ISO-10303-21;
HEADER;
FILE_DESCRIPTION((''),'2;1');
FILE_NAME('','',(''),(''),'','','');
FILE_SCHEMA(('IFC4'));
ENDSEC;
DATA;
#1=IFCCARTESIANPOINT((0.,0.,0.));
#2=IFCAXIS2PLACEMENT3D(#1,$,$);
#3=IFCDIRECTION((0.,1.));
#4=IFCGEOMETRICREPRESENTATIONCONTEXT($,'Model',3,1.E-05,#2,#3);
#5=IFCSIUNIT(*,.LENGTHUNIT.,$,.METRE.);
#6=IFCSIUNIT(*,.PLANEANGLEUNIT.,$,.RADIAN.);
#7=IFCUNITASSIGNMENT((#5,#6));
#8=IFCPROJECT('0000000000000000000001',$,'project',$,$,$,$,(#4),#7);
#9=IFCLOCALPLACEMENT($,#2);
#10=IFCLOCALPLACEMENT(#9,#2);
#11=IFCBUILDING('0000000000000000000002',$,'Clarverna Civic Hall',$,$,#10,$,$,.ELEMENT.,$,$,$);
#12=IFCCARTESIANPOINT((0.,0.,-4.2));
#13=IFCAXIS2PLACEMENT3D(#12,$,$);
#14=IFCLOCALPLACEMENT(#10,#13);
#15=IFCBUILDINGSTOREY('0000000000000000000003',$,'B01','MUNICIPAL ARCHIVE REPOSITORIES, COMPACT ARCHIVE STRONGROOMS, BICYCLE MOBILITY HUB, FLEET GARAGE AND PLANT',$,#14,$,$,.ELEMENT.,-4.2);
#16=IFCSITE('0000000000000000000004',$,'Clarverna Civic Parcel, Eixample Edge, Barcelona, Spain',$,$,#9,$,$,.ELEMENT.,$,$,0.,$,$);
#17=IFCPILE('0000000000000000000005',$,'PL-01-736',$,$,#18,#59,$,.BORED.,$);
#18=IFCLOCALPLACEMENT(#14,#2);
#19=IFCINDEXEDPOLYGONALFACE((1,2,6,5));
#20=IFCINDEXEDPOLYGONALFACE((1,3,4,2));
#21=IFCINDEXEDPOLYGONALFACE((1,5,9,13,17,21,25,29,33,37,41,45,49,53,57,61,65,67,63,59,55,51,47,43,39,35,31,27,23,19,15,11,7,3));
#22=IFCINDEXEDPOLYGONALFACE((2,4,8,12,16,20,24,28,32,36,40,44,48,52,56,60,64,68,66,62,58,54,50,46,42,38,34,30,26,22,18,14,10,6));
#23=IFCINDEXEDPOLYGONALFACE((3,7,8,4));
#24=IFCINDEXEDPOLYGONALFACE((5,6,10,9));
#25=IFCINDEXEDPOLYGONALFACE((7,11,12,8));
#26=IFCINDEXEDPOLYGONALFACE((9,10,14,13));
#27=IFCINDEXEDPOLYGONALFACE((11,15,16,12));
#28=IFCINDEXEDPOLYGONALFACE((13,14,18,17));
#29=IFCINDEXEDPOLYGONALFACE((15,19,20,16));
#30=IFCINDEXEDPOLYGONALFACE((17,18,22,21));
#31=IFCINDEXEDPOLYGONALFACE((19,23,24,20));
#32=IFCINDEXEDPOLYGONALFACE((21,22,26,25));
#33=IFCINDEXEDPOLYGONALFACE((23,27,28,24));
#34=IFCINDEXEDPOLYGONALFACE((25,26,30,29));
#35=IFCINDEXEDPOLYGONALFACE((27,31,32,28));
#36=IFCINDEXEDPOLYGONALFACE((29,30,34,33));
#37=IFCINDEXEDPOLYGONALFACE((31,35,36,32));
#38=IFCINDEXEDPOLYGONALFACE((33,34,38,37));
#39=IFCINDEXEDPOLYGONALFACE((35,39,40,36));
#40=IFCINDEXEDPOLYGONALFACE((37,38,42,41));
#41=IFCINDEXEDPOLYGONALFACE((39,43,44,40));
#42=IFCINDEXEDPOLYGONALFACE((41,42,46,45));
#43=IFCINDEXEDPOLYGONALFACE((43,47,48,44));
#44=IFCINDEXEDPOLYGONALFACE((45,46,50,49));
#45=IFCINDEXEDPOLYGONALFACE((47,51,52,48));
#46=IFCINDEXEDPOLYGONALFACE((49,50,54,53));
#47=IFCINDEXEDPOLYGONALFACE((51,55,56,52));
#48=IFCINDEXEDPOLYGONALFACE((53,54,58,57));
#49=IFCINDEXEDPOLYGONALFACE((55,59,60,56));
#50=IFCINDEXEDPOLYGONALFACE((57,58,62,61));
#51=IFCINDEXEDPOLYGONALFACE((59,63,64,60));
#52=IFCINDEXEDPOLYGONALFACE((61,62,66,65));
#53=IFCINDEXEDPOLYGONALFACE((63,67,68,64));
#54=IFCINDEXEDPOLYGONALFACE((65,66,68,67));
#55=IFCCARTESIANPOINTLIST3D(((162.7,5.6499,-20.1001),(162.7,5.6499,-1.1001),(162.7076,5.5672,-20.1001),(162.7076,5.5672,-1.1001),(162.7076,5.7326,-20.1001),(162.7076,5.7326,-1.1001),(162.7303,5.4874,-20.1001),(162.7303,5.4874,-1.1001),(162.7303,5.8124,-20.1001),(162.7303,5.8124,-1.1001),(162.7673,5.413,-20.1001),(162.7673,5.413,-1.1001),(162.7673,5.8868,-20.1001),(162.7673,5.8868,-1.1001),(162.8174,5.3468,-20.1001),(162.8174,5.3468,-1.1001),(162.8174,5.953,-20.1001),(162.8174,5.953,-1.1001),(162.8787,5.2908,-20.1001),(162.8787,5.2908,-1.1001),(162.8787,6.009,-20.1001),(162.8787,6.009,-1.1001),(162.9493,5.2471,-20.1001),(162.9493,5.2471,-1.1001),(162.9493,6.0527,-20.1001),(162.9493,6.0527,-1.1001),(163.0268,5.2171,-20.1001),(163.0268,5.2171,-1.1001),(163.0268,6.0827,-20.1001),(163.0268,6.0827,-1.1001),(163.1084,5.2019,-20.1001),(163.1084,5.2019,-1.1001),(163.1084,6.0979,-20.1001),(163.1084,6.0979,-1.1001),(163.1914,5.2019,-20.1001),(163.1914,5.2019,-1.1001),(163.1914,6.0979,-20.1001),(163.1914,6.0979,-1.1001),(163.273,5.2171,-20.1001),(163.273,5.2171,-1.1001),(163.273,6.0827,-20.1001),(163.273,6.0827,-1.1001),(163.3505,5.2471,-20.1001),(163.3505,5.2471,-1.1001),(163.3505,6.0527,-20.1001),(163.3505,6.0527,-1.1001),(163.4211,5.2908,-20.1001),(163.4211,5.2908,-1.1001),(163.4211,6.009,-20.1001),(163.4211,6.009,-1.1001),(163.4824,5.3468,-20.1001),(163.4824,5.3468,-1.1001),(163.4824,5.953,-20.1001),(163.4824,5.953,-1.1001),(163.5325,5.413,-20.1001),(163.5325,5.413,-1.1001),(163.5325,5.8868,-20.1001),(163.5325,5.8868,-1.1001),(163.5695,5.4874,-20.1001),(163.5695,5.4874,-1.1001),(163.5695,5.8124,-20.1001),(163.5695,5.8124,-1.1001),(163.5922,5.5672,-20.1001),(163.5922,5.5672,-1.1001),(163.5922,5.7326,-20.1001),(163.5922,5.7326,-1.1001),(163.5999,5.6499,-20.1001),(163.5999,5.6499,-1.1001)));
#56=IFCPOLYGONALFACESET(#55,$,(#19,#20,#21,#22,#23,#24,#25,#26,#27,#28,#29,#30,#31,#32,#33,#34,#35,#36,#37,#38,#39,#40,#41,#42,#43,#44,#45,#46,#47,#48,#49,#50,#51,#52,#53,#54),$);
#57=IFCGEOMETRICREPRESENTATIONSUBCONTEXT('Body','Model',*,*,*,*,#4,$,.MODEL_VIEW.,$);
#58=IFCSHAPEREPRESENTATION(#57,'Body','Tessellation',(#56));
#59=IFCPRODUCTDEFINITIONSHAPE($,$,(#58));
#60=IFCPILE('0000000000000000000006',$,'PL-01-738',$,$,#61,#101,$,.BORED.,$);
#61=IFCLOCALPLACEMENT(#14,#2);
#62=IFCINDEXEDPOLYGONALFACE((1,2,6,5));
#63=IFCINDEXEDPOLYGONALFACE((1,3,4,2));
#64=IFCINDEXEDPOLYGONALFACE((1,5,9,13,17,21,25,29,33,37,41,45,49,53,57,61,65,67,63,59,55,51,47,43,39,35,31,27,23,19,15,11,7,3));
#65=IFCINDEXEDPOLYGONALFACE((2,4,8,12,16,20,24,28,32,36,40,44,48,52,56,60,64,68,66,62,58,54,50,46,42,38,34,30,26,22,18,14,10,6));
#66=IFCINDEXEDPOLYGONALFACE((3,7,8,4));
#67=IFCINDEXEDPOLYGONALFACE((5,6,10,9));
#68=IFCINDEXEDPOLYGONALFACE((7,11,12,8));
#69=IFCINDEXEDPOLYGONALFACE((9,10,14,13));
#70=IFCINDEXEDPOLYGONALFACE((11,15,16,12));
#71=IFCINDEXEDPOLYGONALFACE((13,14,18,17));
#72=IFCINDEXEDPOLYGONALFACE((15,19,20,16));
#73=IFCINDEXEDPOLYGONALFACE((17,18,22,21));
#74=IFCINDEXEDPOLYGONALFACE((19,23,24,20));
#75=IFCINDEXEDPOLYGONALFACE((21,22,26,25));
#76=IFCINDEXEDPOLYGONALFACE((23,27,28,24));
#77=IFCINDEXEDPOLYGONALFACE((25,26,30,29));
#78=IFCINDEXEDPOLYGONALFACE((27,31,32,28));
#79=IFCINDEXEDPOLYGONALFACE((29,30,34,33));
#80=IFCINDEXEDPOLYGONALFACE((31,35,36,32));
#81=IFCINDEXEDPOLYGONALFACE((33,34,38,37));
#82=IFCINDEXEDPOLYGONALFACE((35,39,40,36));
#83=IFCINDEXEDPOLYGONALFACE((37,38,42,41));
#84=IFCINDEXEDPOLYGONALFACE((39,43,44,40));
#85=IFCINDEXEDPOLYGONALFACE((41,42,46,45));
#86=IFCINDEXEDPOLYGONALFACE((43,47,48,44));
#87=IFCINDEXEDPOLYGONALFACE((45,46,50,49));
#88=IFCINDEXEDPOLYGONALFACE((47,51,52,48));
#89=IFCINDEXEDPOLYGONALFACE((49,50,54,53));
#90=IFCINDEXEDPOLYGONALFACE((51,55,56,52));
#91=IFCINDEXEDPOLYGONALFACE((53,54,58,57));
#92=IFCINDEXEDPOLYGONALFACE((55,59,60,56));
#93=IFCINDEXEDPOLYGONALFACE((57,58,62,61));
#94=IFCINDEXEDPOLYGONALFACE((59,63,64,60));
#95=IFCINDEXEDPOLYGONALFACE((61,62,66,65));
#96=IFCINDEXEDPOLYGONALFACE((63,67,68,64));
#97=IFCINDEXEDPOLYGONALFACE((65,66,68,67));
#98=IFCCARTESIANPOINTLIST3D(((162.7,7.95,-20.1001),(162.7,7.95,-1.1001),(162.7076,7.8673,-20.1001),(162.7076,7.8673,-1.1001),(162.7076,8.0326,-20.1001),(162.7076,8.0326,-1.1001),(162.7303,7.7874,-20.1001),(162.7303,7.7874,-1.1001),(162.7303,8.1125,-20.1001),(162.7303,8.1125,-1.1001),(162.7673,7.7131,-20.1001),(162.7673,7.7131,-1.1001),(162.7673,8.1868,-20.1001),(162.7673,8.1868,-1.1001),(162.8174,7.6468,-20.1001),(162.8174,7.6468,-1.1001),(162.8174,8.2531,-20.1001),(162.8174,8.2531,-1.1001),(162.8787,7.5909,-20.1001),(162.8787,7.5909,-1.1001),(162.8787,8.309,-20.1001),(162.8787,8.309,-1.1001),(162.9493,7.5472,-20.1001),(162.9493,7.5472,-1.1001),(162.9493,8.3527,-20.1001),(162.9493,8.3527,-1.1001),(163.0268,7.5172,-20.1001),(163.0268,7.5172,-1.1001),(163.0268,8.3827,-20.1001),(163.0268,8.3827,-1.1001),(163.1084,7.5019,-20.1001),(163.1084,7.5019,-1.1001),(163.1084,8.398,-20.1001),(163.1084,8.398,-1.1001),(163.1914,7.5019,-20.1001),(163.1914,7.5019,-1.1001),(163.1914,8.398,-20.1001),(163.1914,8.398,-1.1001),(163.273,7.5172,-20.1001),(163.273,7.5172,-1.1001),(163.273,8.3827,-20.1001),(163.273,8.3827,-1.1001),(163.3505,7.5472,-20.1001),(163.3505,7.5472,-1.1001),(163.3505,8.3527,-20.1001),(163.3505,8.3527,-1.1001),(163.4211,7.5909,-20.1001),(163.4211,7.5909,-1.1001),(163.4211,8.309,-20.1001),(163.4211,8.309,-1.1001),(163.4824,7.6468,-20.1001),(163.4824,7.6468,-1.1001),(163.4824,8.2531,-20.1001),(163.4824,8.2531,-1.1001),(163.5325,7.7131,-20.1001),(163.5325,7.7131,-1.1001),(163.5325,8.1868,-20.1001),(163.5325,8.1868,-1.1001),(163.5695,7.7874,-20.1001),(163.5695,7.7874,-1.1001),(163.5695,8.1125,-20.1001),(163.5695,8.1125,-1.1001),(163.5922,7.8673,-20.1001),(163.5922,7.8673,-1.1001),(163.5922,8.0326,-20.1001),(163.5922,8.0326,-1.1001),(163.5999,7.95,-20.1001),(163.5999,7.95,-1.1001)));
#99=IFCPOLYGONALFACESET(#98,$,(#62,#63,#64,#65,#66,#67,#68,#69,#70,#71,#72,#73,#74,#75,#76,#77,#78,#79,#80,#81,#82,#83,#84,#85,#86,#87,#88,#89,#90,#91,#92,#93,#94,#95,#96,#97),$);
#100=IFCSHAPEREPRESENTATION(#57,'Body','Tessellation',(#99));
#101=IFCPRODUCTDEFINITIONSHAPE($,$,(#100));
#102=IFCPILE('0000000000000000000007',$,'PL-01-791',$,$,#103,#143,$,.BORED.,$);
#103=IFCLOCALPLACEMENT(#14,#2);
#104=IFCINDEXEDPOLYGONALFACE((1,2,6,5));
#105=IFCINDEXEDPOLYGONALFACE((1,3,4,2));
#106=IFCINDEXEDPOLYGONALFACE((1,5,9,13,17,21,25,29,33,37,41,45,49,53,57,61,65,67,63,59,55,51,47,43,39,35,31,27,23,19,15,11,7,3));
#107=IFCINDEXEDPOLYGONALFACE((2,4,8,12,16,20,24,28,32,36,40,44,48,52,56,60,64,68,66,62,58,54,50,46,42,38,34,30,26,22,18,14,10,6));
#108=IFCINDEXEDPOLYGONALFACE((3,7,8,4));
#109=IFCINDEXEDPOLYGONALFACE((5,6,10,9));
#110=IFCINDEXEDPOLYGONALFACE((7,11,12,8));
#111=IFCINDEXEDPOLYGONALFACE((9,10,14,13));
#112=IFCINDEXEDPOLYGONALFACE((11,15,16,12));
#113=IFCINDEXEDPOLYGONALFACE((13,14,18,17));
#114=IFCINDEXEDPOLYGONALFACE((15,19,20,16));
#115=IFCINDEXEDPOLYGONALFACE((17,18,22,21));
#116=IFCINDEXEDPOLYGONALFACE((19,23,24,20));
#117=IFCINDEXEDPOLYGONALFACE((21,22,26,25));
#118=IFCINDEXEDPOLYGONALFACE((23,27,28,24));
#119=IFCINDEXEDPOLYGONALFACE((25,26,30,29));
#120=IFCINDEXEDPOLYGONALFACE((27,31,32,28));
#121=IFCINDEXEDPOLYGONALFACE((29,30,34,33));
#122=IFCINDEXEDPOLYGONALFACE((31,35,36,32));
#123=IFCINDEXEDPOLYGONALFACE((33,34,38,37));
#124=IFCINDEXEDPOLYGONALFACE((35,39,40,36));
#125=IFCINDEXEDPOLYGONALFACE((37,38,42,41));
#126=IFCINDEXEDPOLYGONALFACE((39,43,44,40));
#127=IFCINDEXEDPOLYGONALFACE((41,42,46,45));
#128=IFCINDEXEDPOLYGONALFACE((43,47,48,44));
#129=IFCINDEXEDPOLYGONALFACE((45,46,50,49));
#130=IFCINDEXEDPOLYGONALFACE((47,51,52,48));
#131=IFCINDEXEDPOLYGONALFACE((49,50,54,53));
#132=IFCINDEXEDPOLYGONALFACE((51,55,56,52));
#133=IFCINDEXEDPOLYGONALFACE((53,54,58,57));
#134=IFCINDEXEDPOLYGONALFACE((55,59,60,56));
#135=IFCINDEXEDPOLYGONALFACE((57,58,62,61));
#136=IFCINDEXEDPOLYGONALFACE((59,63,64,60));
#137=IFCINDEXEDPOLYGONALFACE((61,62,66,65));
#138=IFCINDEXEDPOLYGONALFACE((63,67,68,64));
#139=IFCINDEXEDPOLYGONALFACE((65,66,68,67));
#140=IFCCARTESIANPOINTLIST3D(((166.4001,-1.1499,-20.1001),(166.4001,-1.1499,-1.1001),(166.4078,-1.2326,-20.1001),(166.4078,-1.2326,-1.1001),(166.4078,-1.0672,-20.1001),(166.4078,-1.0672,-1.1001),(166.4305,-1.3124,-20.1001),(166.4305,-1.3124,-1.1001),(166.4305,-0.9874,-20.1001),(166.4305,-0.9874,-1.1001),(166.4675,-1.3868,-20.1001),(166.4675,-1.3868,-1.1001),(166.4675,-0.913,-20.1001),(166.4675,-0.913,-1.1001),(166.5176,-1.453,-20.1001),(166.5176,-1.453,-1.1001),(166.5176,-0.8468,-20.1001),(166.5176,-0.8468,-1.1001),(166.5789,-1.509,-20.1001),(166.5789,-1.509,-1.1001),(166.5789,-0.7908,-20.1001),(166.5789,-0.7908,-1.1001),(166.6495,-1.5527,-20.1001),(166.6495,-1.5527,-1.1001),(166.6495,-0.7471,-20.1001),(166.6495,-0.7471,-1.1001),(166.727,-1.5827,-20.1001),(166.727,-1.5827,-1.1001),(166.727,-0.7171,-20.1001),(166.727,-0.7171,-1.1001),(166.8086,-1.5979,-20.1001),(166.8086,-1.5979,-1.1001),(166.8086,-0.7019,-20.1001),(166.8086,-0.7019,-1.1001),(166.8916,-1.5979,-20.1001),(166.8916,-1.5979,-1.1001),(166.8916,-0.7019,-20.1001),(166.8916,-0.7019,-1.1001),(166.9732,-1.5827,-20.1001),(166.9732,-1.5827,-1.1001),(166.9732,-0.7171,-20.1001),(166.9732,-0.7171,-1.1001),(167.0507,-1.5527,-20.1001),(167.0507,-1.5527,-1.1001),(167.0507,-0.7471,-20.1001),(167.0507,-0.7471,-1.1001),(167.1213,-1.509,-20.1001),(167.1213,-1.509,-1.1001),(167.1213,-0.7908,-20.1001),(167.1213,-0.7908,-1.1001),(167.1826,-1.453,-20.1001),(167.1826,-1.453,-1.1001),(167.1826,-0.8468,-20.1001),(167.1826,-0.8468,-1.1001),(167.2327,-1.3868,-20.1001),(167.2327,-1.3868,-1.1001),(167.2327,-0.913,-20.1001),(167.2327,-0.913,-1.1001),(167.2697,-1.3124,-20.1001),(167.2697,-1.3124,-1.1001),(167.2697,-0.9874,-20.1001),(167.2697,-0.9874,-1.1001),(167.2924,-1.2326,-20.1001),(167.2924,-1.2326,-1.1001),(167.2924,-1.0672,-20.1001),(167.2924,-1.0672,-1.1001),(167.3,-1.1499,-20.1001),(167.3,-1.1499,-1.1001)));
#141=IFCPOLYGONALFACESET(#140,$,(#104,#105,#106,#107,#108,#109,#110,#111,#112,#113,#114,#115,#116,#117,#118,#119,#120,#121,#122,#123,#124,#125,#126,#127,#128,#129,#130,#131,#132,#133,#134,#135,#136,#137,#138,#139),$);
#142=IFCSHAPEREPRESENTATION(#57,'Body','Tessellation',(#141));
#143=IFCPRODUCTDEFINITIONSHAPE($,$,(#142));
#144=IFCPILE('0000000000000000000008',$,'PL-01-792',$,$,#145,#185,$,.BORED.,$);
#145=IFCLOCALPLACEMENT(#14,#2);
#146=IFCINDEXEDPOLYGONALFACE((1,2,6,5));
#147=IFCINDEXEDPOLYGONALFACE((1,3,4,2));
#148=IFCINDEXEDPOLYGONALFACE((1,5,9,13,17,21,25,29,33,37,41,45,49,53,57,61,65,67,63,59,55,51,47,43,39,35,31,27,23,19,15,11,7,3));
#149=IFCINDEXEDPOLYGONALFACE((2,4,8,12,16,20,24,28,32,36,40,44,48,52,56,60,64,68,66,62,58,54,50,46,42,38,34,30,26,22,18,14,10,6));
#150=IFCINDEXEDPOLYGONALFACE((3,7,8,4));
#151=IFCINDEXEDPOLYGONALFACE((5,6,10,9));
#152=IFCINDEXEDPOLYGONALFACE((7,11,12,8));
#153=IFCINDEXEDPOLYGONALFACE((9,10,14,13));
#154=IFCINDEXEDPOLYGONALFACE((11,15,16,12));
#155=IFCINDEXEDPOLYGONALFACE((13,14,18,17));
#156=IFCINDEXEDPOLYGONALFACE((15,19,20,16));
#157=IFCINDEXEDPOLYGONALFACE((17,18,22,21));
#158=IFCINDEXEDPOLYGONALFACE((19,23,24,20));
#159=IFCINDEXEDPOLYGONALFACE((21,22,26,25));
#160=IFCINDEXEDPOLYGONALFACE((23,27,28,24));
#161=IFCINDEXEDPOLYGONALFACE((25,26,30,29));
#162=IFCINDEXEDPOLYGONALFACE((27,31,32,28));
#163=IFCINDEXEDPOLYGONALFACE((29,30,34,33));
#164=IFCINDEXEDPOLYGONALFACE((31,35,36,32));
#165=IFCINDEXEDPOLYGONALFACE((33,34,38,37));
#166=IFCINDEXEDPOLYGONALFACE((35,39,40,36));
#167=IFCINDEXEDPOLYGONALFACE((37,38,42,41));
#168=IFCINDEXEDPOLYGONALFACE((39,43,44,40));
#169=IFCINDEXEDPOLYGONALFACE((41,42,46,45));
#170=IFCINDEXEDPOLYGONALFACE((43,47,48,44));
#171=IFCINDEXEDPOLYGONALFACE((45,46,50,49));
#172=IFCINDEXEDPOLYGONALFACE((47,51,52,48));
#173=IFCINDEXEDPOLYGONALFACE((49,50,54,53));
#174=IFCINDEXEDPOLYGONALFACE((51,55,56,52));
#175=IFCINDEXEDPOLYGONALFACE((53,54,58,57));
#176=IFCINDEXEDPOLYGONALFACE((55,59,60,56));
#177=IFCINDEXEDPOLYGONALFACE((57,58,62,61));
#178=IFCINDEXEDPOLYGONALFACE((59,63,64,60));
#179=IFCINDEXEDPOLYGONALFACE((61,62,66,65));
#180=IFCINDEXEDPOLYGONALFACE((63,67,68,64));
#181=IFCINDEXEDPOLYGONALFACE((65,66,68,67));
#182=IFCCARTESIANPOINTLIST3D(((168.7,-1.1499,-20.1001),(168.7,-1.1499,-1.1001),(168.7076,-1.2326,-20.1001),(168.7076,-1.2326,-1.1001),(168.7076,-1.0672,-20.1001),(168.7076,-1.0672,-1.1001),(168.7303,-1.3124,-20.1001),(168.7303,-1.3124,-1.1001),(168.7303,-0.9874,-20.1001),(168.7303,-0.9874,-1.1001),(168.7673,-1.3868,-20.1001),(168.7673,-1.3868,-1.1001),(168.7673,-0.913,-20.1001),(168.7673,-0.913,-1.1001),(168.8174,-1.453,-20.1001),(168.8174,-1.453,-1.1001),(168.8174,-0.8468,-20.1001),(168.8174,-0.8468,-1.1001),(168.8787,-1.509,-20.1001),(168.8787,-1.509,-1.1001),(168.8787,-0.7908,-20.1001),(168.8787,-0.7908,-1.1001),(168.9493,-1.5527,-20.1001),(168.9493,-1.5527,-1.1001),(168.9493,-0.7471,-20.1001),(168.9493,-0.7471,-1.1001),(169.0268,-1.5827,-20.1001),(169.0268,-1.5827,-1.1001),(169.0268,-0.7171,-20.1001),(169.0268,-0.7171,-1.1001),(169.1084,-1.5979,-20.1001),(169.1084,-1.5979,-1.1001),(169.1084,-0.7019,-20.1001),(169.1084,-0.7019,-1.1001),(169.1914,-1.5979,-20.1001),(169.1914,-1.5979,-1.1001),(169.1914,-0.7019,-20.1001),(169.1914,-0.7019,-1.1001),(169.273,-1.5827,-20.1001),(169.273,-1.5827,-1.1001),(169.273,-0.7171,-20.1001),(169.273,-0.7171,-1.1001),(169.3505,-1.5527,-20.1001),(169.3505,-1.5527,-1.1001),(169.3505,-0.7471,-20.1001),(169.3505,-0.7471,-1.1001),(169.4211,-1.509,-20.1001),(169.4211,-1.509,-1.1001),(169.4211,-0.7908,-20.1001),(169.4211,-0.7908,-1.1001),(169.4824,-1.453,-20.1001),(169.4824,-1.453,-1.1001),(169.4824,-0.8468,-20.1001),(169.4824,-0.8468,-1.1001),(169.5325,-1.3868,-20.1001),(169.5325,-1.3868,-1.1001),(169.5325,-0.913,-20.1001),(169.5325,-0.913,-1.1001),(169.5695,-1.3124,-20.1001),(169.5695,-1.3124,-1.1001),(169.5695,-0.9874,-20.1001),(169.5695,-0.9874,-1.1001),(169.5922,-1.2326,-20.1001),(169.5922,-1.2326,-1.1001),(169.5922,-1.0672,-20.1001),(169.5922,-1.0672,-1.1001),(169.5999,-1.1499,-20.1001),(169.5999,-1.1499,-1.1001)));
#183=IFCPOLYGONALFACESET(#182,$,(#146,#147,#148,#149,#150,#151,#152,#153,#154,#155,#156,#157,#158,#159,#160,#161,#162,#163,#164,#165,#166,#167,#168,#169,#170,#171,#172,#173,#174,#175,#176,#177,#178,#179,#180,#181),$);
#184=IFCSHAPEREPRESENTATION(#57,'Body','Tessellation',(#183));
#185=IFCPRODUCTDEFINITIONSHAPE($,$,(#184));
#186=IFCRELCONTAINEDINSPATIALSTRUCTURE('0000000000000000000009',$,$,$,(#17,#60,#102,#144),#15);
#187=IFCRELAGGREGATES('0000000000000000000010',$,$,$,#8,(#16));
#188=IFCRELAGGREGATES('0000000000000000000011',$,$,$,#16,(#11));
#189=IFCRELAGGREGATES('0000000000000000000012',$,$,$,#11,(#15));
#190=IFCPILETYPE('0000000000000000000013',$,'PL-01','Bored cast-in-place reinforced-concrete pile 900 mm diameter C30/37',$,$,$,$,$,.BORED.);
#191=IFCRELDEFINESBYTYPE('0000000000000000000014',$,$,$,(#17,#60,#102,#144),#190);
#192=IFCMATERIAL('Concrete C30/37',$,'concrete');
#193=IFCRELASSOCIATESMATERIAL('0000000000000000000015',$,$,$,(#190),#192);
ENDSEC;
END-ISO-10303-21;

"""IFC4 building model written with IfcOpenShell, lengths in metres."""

from ifc_helpers import new_model, si_unit, direction, frame, origin, origin_2d, place, context, subcontext, project, spatial, circle, extrude, material, material_profile, profile_set, type_object, element, save


model = new_model("IFC4")

# Units and contexts
model_context = context("Model", 3, precision=1e-05, world=origin(), true_north=direction((0.0, 1.0)))
body_context = subcontext(model_context, "Body", "Model", "MODEL_VIEW")
ifc_project = project(units=[si_unit("LENGTHUNIT", "METRE"), si_unit("PLANEANGLEUNIT", "RADIAN")], contexts=[model_context])

# Site, building, storey
site_placement = place(None, origin())
site = spatial("IfcSite", under=ifc_project, at=site_placement, Name="Clarverna Civic Parcel, Eixample Edge, Barcelona, Spain", CompositionType="ELEMENT", RefElevation=0.0)
building_placement = place(site_placement, origin())
building = spatial("IfcBuilding", under=site, at=building_placement, Name="Clarverna Civic Hall", CompositionType="ELEMENT")
storey_placement = place(building_placement, frame((0.0, 0.0, -4.2)))
storey = spatial("IfcBuildingStorey", under=building, at=storey_placement, Name="B01", Description="MUNICIPAL ARCHIVE REPOSITORIES, COMPACT ARCHIVE STRONGROOMS, BICYCLE MOBILITY HUB, FLEET GARAGE AND PLANT", CompositionType="ELEMENT", Elevation=-4.2)

# Shared definitions
ifc_material_1 = material(Name="Concrete C30/37", Category="concrete")

# Piles
ifc_material_profile_1 = material_profile(ifc_material_1, circle(Radius=0.45, at=origin_2d()), Name="BORED PILE D900")
ifc_profile_set_1 = profile_set([ifc_material_profile_1], Name="Concrete C30/37")
pile_type = type_object("IfcPileType", Name="PL-01", Description="Bored cast-in-place reinforced-concrete pile 900 mm diameter C30/37", PredefinedType="BORED", material=ifc_profile_set_1)
for number, where, z_axis, x_axis, name in (
    (1, (163.1499, 5.6499, -1.1001), (0.0, 0.0, -1.0), (1.0, 0.0, 0.0), "PL-01-736"),
    (2, (163.1499, 7.95, -1.1001), (0.0, 0.0, -1.0), (1.0, 0.0, 0.0), "PL-01-738"),
    (3, (166.8501, -1.1499, -1.1001), (0.0, 0.0, -1.0), (1.0, 0.0, 0.0), "PL-01-791"),
    (4, (169.1499, -1.1499, -1.1001), (0.0, 0.0, -1.0), (1.0, 0.0, 0.0), "PL-01-792"),
):
    element("IfcPile", number, at=place(storey_placement, frame(where, z_axis=z_axis, x_axis=x_axis)), inside=storey, type_object=pile_type, Name=name, PredefinedType="BORED", context=body_context, shape_type="SweptSolid", body=[
        extrude(circle(Radius=0.45, at=origin_2d()), origin(), (0.0, 0.0, 1.0), 19.0),
    ])

save(model, "model.ifc")
